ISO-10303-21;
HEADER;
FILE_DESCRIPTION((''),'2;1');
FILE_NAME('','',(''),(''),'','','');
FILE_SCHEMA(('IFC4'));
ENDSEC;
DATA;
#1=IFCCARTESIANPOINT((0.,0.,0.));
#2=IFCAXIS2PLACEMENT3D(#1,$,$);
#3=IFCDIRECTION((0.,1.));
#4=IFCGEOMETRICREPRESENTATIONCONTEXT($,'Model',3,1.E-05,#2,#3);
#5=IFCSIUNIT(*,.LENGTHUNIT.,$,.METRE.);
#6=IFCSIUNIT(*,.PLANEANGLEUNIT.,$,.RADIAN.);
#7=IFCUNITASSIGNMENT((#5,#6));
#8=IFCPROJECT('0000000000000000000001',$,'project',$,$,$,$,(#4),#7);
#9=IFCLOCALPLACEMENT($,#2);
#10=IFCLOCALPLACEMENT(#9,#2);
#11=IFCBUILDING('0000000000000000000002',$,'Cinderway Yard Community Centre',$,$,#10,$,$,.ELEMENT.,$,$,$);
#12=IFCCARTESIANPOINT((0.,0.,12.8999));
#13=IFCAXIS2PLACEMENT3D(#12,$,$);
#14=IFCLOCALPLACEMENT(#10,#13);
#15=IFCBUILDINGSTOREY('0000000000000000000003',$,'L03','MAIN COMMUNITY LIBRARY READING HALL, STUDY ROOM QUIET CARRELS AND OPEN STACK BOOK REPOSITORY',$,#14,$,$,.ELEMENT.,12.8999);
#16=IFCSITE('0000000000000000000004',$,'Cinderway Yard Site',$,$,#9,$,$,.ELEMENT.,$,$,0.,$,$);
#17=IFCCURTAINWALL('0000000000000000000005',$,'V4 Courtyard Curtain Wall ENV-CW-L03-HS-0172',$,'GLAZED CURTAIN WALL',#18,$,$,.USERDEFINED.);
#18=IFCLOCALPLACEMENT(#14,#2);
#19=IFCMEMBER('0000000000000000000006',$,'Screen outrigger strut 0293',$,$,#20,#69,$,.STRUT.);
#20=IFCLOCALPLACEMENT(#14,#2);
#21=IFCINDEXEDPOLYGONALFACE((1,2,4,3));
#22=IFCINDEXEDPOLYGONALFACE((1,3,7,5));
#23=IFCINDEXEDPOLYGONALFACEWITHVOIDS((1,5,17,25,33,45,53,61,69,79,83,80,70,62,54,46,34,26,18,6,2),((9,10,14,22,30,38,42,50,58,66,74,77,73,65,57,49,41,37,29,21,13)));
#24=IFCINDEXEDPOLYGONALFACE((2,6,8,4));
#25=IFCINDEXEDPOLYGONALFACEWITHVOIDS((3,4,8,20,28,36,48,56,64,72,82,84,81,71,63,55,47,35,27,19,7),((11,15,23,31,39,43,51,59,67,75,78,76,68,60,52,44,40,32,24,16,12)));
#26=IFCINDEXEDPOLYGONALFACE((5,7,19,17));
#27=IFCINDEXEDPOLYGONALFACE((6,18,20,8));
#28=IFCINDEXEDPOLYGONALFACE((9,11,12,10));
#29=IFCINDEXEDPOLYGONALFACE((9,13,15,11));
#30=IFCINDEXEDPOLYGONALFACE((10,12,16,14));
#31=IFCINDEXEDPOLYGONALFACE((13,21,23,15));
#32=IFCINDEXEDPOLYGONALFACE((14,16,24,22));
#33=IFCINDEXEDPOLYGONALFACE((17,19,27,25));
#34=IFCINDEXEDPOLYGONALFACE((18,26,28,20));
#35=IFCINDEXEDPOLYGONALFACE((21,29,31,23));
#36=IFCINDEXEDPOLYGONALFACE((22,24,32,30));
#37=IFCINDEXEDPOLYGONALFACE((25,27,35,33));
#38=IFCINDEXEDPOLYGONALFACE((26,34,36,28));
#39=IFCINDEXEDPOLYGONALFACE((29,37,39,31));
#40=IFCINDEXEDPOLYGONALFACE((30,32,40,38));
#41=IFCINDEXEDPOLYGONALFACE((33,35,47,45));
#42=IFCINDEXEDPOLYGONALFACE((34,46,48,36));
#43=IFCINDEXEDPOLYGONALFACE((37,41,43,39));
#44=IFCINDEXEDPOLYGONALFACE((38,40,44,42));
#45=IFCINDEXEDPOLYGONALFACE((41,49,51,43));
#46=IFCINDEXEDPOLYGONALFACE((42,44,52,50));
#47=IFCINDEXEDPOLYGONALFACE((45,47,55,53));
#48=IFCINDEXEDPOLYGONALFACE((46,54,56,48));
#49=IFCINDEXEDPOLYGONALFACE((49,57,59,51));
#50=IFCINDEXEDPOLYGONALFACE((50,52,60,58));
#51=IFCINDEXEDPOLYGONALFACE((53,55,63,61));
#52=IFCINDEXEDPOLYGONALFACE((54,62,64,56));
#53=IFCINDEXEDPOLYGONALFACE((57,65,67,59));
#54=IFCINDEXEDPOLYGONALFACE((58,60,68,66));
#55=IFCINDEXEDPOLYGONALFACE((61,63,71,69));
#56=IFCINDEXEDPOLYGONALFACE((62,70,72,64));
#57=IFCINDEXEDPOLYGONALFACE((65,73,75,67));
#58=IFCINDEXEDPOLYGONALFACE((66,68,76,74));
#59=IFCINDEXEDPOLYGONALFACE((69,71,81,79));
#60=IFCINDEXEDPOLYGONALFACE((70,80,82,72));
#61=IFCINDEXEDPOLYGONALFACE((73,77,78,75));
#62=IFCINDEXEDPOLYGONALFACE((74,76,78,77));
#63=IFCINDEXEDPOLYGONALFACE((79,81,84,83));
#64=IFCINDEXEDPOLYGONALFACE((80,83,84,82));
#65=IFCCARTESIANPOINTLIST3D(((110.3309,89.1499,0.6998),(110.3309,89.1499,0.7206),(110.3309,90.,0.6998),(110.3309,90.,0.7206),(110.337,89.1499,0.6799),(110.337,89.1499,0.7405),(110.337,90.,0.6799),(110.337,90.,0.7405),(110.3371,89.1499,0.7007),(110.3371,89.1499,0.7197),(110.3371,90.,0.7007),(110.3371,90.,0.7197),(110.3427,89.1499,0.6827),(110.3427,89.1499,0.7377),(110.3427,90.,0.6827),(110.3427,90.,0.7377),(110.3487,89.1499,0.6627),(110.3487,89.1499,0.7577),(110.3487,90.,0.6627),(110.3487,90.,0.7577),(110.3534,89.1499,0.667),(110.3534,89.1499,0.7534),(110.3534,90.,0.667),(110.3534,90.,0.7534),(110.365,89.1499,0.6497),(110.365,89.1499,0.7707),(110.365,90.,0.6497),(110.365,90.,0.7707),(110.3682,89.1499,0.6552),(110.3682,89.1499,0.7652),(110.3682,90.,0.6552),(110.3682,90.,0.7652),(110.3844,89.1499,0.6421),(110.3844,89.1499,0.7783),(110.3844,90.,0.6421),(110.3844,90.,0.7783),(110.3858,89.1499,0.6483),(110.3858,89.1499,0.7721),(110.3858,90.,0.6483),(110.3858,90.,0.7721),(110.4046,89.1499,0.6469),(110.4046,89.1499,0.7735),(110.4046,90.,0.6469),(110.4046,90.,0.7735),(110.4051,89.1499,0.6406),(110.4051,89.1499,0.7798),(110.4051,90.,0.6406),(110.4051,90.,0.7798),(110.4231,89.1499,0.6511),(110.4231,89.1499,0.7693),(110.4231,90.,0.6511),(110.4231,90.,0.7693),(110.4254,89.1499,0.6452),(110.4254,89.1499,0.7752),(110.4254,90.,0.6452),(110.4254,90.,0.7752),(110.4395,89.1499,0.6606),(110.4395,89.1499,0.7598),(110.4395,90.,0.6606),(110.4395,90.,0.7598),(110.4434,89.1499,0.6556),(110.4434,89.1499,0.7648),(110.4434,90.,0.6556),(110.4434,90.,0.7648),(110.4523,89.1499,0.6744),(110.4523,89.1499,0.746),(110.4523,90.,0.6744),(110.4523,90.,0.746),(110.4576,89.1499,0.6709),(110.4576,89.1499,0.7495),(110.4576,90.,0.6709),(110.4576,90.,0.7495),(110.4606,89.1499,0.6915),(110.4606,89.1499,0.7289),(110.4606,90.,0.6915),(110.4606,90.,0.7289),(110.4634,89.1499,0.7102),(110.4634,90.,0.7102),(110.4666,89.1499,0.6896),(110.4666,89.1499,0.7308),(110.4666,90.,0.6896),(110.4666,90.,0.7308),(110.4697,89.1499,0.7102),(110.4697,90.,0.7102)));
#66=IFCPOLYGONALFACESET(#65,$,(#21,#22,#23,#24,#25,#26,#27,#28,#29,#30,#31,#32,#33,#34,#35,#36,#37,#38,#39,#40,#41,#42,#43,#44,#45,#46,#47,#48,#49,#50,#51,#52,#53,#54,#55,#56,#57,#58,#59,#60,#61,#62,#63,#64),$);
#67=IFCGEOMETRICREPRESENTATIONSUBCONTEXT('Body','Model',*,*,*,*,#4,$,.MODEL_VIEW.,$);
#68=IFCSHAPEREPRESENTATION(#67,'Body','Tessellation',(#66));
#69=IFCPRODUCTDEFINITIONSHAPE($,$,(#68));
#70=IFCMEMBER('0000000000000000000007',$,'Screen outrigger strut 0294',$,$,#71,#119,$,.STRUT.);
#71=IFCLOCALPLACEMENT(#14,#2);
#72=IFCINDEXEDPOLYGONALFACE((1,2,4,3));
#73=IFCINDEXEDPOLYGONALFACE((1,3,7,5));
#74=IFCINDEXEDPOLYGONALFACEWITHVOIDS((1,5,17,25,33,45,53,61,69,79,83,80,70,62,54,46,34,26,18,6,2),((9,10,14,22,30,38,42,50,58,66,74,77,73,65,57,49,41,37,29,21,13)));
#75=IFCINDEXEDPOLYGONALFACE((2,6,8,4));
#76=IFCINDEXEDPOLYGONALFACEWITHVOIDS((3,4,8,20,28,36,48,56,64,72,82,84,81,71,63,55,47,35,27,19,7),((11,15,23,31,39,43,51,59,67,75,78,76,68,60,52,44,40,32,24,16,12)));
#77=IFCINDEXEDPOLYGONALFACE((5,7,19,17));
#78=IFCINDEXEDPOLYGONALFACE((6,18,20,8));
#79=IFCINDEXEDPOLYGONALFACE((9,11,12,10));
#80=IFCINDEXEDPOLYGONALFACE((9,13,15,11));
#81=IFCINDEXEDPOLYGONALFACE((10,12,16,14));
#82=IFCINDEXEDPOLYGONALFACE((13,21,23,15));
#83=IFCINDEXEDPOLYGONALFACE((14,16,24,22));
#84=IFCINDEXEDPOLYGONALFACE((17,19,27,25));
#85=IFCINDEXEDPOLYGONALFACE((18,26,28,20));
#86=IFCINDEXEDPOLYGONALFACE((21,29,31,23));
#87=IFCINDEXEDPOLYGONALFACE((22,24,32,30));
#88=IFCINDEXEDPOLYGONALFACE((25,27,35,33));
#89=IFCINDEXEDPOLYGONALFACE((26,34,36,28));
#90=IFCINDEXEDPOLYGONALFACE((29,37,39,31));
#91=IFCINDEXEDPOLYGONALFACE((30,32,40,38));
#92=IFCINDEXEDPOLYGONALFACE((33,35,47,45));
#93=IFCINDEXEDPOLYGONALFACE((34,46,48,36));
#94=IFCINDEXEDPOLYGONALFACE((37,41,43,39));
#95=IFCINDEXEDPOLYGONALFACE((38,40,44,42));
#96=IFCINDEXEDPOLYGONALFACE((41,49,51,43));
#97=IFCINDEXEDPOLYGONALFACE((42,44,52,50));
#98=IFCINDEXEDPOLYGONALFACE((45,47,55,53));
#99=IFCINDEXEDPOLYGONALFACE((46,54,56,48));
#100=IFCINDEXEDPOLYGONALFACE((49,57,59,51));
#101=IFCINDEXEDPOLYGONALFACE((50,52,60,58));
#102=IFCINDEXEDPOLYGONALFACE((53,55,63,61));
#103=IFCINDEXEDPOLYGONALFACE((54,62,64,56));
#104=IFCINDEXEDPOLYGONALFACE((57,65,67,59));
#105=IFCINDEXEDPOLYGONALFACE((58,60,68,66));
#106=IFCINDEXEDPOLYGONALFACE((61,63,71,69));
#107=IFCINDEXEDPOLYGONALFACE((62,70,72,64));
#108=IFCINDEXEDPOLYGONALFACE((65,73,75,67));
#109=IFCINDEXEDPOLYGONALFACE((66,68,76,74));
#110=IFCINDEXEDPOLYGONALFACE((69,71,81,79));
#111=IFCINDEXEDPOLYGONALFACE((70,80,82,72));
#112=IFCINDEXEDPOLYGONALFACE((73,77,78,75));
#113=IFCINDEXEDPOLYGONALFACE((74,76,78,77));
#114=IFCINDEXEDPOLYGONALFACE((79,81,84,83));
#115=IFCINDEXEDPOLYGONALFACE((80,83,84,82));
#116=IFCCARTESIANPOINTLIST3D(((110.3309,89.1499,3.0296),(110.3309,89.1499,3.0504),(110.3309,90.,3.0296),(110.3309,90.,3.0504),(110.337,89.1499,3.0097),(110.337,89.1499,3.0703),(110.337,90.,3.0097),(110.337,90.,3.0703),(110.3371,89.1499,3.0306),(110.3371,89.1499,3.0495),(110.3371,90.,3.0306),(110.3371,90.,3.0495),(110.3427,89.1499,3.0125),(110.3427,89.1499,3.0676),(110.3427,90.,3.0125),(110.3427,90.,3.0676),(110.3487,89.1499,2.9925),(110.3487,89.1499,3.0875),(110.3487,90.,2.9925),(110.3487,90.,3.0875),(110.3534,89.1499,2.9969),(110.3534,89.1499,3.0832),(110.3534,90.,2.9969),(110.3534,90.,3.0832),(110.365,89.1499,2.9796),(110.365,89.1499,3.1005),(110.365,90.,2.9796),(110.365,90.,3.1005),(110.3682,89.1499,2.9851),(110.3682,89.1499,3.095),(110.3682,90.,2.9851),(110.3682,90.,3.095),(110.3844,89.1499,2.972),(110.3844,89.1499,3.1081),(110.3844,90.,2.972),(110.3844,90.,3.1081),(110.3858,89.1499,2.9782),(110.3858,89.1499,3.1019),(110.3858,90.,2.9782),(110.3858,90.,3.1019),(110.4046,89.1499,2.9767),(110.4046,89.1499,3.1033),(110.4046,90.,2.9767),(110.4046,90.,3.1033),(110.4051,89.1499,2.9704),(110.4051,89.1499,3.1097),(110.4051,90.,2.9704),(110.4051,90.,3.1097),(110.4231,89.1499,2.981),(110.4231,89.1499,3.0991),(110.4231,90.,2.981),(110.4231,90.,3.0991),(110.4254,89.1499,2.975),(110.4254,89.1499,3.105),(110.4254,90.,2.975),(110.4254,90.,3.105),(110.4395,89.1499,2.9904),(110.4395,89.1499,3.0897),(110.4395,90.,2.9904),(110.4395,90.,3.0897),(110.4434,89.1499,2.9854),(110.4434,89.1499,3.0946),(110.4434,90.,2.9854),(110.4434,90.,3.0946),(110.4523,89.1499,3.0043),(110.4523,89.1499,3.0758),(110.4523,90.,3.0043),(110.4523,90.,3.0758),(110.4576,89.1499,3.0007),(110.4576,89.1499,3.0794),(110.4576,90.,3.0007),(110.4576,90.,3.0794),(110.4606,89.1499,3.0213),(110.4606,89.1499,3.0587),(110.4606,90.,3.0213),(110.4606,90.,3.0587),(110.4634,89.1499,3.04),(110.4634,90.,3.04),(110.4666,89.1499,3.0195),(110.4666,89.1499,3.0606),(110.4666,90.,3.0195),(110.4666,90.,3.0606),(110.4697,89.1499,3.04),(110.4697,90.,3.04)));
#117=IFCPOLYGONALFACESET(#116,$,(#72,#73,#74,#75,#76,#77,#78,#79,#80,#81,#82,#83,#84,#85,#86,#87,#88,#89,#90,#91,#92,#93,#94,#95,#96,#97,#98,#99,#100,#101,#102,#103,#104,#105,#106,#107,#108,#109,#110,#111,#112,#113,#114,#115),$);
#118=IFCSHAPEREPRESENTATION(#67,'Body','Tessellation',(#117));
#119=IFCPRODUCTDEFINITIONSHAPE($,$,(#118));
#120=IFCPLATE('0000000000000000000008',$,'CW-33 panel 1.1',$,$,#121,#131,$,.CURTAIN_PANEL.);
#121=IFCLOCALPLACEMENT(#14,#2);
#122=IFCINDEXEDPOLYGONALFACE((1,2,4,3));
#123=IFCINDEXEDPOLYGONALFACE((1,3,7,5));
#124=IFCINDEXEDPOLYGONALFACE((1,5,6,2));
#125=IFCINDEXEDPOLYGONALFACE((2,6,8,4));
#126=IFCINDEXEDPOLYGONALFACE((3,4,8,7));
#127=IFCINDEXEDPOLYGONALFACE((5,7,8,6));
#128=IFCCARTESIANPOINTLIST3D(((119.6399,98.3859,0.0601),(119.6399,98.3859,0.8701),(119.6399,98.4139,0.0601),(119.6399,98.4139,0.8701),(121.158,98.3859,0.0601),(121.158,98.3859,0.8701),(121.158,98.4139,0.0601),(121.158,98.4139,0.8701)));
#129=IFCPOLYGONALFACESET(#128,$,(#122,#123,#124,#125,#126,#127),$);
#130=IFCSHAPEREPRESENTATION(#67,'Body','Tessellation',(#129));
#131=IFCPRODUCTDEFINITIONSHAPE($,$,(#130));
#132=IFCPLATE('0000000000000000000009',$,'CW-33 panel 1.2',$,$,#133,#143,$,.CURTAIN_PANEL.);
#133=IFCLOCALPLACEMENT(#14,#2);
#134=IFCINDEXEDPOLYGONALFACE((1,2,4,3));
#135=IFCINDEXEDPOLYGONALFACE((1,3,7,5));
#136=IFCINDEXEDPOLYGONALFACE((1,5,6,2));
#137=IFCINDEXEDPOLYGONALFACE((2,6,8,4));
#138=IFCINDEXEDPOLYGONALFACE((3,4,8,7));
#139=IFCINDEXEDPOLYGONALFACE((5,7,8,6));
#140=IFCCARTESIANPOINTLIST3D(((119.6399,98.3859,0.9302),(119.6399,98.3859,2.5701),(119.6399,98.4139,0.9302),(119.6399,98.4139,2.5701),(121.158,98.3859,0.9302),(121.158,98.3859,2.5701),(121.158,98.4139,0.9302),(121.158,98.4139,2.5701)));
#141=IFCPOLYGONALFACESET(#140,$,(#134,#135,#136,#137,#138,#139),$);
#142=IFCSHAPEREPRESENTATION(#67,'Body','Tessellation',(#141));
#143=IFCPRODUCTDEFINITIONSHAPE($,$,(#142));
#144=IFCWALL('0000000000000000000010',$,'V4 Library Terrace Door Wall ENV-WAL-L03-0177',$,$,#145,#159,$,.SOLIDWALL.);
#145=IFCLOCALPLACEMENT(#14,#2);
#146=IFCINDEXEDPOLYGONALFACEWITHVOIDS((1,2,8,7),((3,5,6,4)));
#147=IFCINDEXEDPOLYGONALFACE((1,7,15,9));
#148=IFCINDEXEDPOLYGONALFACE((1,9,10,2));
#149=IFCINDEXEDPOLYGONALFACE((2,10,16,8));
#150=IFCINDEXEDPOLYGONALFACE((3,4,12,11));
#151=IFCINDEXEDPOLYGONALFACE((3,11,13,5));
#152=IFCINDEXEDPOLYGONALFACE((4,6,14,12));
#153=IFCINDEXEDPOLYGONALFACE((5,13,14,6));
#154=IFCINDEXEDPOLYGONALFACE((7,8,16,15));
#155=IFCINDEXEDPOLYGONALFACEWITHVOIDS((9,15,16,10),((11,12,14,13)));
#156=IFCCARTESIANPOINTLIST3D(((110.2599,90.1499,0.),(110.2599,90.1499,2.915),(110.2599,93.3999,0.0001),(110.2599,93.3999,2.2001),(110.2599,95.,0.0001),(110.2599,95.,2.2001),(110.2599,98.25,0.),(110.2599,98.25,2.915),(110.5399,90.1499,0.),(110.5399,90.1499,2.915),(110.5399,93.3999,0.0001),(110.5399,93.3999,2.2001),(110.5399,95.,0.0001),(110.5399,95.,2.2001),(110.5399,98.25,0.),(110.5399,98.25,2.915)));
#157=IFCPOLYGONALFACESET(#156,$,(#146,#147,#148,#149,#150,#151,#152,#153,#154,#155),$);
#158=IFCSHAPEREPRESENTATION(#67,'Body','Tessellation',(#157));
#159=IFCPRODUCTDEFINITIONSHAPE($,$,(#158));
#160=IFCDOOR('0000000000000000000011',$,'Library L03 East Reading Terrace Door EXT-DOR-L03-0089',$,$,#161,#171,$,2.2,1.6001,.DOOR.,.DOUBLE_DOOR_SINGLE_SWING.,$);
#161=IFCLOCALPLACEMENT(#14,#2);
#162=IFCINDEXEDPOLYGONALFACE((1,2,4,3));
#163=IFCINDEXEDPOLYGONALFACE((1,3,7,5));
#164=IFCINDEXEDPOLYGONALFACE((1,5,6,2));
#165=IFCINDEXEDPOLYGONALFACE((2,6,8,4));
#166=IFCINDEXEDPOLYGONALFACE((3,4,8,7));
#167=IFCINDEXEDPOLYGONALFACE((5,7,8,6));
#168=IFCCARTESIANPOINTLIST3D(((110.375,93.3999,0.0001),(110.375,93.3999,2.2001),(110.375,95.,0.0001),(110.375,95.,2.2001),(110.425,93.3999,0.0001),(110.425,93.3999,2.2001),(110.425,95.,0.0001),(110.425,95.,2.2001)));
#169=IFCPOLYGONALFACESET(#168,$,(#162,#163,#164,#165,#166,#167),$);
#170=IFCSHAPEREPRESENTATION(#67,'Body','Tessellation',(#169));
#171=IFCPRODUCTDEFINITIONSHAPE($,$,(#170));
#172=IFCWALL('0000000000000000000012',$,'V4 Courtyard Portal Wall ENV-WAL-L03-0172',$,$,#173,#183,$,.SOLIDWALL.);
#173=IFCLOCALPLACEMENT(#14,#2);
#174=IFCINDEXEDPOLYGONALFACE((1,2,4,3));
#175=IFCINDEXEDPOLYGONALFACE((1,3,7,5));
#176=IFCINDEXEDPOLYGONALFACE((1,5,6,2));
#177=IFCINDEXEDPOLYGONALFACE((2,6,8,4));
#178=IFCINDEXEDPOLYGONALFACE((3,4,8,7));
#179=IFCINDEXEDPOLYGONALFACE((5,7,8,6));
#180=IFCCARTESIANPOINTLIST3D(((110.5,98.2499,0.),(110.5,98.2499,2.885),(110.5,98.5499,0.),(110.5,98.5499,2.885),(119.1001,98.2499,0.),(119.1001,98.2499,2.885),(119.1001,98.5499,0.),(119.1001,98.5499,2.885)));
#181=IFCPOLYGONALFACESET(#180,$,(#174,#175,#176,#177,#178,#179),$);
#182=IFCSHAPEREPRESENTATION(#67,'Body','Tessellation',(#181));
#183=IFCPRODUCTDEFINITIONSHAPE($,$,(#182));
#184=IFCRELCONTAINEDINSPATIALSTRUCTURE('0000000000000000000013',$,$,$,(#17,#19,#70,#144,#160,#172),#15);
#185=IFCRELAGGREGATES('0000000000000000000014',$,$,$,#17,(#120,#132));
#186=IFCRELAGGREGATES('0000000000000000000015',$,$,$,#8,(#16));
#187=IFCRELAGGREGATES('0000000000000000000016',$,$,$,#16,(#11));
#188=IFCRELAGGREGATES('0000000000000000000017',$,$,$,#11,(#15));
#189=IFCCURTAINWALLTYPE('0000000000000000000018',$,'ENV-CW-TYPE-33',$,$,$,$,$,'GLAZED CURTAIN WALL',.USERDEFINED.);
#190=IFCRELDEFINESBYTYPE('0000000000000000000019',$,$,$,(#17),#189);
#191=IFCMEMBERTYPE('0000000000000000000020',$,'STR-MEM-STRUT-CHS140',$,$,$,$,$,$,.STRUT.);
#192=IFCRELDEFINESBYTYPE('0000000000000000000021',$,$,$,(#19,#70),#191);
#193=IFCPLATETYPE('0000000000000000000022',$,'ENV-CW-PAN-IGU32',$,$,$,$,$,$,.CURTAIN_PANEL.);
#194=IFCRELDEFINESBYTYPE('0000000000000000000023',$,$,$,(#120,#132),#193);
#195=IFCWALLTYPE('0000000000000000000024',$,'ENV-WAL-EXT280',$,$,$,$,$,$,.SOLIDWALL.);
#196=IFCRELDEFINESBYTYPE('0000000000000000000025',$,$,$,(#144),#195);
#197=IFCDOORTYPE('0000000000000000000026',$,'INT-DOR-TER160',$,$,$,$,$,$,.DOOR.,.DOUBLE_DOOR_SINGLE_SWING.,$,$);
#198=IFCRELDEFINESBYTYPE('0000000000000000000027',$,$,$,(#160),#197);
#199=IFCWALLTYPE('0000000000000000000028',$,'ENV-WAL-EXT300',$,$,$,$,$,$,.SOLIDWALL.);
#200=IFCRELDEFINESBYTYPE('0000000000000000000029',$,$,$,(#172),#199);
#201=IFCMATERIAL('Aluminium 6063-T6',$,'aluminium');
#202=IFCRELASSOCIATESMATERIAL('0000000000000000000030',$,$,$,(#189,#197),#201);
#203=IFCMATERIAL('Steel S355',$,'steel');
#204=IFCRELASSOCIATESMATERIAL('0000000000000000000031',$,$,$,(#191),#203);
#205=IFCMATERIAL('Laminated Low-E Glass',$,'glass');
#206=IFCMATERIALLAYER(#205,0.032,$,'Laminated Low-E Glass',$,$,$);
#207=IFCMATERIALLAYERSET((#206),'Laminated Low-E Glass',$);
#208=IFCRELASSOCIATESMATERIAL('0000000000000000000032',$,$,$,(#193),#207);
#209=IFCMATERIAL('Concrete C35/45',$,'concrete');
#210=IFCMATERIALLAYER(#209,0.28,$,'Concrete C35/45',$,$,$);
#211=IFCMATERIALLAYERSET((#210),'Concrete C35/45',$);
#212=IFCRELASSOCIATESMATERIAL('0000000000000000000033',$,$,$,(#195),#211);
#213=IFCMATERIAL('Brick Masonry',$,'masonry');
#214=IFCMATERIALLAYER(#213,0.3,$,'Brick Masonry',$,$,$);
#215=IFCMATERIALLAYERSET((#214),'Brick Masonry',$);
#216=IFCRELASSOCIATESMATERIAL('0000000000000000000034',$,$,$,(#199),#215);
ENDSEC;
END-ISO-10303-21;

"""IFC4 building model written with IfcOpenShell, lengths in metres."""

from ifc_helpers import new_model, si_unit, direction, frame, frame_2d, origin, origin_2d, place, context, subcontext, project, spatial, rectangle, hollow_circle, extrude, material, layer, layer_set, material_profile, profile_set, type_object, element, fill, aggregate, save


model = new_model("IFC4")

# Units and contexts
model_context = context("Model", 3, precision=1e-05, world=origin(), true_north=direction((0.0, 1.0)))
body_context = subcontext(model_context, "Body", "Model", "MODEL_VIEW")
ifc_project = project(units=[si_unit("LENGTHUNIT", "METRE"), si_unit("PLANEANGLEUNIT", "RADIAN")], contexts=[model_context])

# Site, building, storey
site_placement = place(None, origin())
site = spatial("IfcSite", under=ifc_project, at=site_placement, Name="Cinderway Yard Site", CompositionType="ELEMENT", RefElevation=0.0)
building_placement = place(site_placement, origin())
building = spatial("IfcBuilding", under=site, at=building_placement, Name="Cinderway Yard Community Centre", CompositionType="ELEMENT")
storey_placement = place(building_placement, frame((0.0, 0.0, 12.8999)))
storey = spatial("IfcBuildingStorey", under=building, at=storey_placement, Name="L03", Description="MAIN COMMUNITY LIBRARY READING HALL, STUDY ROOM QUIET CARRELS AND OPEN STACK BOOK REPOSITORY", CompositionType="ELEMENT", Elevation=12.8999)

# Curtain wall
ifc_material_1 = material(Name="Aluminium 6063-T6", Category="aluminium")
curtain_wall_type = type_object("IfcCurtainWallType", Name="ENV-CW-TYPE-33", ElementType="GLAZED CURTAIN WALL", PredefinedType="USERDEFINED", material=ifc_material_1)
curtain_wall_placement = place(storey_placement, origin())
curtain_wall = element("IfcCurtainWall", 1, at=curtain_wall_placement, inside=storey, type_object=curtain_wall_type, Name="V4 Courtyard Curtain Wall ENV-CW-L03-HS-0172", ObjectType="GLAZED CURTAIN WALL", PredefinedType="USERDEFINED")

# Shared definitions
ifc_material_2 = material(Name="Concrete C35/45", Category="concrete")

# Members
ifc_material_3 = material(Name="Steel S355", Category="steel")
ifc_material_profile_1 = material_profile(ifc_material_3, hollow_circle(Radius=0.0698, WallThickness=0.0063, at=origin_2d()), Name="Steel S355")
ifc_profile_set_1 = profile_set([ifc_material_profile_1], Name="Steel S355")
member_type_1 = type_object("IfcMemberType", Name="STR-MEM-STRUT-CHS140", PredefinedType="STRUT", material=ifc_profile_set_1)
for number, where, z_axis, x_axis, name in (
    (2, (110.3999, 90.0, 0.7102), (0.0, -1.0, 0.0), (1.0, 0.0, 0.0), "Screen outrigger strut 0293"),
    (3, (110.3999, 90.0, 3.04), (0.0, -1.0, 0.0), (1.0, 0.0, 0.0), "Screen outrigger strut 0294"),
):
    element("IfcMember", number, at=place(storey_placement, frame(where, z_axis=z_axis, x_axis=x_axis)), inside=storey, type_object=member_type_1, Name=name, PredefinedType="STRUT", context=body_context, shape_type="SweptSolid", body=[
        extrude(hollow_circle(Radius=0.0698, WallThickness=0.0063, at=origin_2d()), origin(), (0.0, 0.0, 1.0), 0.8501),
    ])

# Plates
ifc_material_4 = material(Name="Laminated Low-E Glass", Category="glass")
ifc_layer_1 = layer(ifc_material_4, 0.032, Name="Laminated Low-E Glass")
ifc_layer_set_1 = layer_set([ifc_layer_1], Name="Laminated Low-E Glass")
plate_type = type_object("IfcPlateType", Name="ENV-CW-PAN-IGU32", PredefinedType="CURTAIN_PANEL", material=ifc_layer_set_1)
plate_1_placement = place(storey_placement, frame((120.3989, 98.3999, 0.0601), z_axis=(0.0, 0.0, 1.0), x_axis=(1.0, 0.0, 0.0)))
plate_1 = element("IfcPlate", 4, at=plate_1_placement, type_object=plate_type, Name="CW-33 panel 1.1", PredefinedType="CURTAIN_PANEL", context=body_context, shape_type="SweptSolid", body=[
    extrude(rectangle(XDim=1.5181, YDim=0.0281, at=origin_2d()), origin(), (0.0, 0.0, 1.0), 0.8101),
])
plate_2_placement = place(storey_placement, frame((120.3989, 98.3999, 0.9302), z_axis=(0.0, 0.0, 1.0), x_axis=(1.0, 0.0, 0.0)))
plate_2 = element("IfcPlate", 5, at=plate_2_placement, type_object=plate_type, Name="CW-33 panel 1.2", PredefinedType="CURTAIN_PANEL", context=body_context, shape_type="SweptSolid", body=[
    extrude(rectangle(XDim=1.5181, YDim=0.0281, at=origin_2d()), origin(), (0.0, 0.0, 1.0), 1.6399),
])
aggregate(curtain_wall, [plate_1, plate_2])

# Wall, opening, door
ifc_layer_2 = layer(ifc_material_2, 0.28, Name="Concrete C35/45")
ifc_layer_set_2 = layer_set([ifc_layer_2], Name="Concrete C35/45")
wall_type_1 = type_object("IfcWallType", Name="ENV-WAL-EXT280", PredefinedType="SOLIDWALL", material=ifc_layer_set_2)
wall_1_placement = place(storey_placement, frame((110.3999, 90.1499, 0.0), z_axis=(0.0, 0.0, 1.0), x_axis=(0.0, 1.0, 0.0)))
wall_1 = element("IfcWall", 6, at=wall_1_placement, inside=storey, type_object=wall_type_1, Name="V4 Library Terrace Door Wall ENV-WAL-L03-0177", PredefinedType="SOLIDWALL", context=body_context, shape_type="SweptSolid", body=[
    extrude(rectangle(XDim=8.1001, YDim=0.28, at=frame_2d((4.05, 0.0))), origin(), (0.0, 0.0, 1.0), 2.915),
])
opening_placement = place(wall_1_placement, frame((3.25, 0.0, 0.0)))
opening = element("IfcOpeningElement", 7, at=opening_placement, cuts=wall_1, PredefinedType="OPENING", context=body_context, shape_type="SweptSolid", body=[
    extrude(rectangle(XDim=1.6001, YDim=2.2, at=frame_2d((0.8, 1.1001))), frame((0.0, 0.1499, 0.0), z_axis=(0.0, -1.0, 0.0), x_axis=(1.0, 0.0, 0.0)), (0.0, 0.0, 1.0), 0.3),
])
door_type = type_object("IfcDoorType", Name="INT-DOR-TER160", OperationType="DOUBLE_DOOR_SINGLE_SWING", PredefinedType="DOOR", material=ifc_material_1)
door_placement = place(opening_placement, origin())
door = element("IfcDoor", 8, at=door_placement, inside=storey, type_object=door_type, Name="Library L03 East Reading Terrace Door EXT-DOR-L03-0089", OperationType="DOUBLE_DOOR_SINGLE_SWING", OverallHeight=2.2, OverallWidth=1.6001, PredefinedType="DOOR", context=body_context, shape_type="SweptSolid", body=[
    extrude(rectangle(XDim=1.6001, YDim=2.2, at=frame_2d((0.8, 1.1001))), frame((0.0, 0.0249, 0.0), z_axis=(0.0, -1.0, 0.0), x_axis=(1.0, 0.0, 0.0)), (0.0, 0.0, 1.0), 0.05),
])
fill(opening, door)

# Wall
ifc_material_5 = material(Name="Brick Masonry", Category="masonry")
ifc_layer_3 = layer(ifc_material_5, 0.3, Name="Brick Masonry")
ifc_layer_set_3 = layer_set([ifc_layer_3], Name="Brick Masonry")
wall_type_2 = type_object("IfcWallType", Name="ENV-WAL-EXT300", PredefinedType="SOLIDWALL", material=ifc_layer_set_3)
wall_2_placement = place(storey_placement, frame((110.5, 98.3999, 0.0), z_axis=(0.0, 0.0, 1.0), x_axis=(1.0, 0.0, 0.0)))
element("IfcWall", 9, at=wall_2_placement, inside=storey, type_object=wall_type_2, Name="V4 Courtyard Portal Wall ENV-WAL-L03-0172", PredefinedType="SOLIDWALL", context=body_context, shape_type="SweptSolid", body=[
    extrude(rectangle(XDim=8.6001, YDim=0.3, at=frame_2d((4.3, 0.0))), origin(), (0.0, 0.0, 1.0), 2.885),
])

save(model, "model.ifc")
